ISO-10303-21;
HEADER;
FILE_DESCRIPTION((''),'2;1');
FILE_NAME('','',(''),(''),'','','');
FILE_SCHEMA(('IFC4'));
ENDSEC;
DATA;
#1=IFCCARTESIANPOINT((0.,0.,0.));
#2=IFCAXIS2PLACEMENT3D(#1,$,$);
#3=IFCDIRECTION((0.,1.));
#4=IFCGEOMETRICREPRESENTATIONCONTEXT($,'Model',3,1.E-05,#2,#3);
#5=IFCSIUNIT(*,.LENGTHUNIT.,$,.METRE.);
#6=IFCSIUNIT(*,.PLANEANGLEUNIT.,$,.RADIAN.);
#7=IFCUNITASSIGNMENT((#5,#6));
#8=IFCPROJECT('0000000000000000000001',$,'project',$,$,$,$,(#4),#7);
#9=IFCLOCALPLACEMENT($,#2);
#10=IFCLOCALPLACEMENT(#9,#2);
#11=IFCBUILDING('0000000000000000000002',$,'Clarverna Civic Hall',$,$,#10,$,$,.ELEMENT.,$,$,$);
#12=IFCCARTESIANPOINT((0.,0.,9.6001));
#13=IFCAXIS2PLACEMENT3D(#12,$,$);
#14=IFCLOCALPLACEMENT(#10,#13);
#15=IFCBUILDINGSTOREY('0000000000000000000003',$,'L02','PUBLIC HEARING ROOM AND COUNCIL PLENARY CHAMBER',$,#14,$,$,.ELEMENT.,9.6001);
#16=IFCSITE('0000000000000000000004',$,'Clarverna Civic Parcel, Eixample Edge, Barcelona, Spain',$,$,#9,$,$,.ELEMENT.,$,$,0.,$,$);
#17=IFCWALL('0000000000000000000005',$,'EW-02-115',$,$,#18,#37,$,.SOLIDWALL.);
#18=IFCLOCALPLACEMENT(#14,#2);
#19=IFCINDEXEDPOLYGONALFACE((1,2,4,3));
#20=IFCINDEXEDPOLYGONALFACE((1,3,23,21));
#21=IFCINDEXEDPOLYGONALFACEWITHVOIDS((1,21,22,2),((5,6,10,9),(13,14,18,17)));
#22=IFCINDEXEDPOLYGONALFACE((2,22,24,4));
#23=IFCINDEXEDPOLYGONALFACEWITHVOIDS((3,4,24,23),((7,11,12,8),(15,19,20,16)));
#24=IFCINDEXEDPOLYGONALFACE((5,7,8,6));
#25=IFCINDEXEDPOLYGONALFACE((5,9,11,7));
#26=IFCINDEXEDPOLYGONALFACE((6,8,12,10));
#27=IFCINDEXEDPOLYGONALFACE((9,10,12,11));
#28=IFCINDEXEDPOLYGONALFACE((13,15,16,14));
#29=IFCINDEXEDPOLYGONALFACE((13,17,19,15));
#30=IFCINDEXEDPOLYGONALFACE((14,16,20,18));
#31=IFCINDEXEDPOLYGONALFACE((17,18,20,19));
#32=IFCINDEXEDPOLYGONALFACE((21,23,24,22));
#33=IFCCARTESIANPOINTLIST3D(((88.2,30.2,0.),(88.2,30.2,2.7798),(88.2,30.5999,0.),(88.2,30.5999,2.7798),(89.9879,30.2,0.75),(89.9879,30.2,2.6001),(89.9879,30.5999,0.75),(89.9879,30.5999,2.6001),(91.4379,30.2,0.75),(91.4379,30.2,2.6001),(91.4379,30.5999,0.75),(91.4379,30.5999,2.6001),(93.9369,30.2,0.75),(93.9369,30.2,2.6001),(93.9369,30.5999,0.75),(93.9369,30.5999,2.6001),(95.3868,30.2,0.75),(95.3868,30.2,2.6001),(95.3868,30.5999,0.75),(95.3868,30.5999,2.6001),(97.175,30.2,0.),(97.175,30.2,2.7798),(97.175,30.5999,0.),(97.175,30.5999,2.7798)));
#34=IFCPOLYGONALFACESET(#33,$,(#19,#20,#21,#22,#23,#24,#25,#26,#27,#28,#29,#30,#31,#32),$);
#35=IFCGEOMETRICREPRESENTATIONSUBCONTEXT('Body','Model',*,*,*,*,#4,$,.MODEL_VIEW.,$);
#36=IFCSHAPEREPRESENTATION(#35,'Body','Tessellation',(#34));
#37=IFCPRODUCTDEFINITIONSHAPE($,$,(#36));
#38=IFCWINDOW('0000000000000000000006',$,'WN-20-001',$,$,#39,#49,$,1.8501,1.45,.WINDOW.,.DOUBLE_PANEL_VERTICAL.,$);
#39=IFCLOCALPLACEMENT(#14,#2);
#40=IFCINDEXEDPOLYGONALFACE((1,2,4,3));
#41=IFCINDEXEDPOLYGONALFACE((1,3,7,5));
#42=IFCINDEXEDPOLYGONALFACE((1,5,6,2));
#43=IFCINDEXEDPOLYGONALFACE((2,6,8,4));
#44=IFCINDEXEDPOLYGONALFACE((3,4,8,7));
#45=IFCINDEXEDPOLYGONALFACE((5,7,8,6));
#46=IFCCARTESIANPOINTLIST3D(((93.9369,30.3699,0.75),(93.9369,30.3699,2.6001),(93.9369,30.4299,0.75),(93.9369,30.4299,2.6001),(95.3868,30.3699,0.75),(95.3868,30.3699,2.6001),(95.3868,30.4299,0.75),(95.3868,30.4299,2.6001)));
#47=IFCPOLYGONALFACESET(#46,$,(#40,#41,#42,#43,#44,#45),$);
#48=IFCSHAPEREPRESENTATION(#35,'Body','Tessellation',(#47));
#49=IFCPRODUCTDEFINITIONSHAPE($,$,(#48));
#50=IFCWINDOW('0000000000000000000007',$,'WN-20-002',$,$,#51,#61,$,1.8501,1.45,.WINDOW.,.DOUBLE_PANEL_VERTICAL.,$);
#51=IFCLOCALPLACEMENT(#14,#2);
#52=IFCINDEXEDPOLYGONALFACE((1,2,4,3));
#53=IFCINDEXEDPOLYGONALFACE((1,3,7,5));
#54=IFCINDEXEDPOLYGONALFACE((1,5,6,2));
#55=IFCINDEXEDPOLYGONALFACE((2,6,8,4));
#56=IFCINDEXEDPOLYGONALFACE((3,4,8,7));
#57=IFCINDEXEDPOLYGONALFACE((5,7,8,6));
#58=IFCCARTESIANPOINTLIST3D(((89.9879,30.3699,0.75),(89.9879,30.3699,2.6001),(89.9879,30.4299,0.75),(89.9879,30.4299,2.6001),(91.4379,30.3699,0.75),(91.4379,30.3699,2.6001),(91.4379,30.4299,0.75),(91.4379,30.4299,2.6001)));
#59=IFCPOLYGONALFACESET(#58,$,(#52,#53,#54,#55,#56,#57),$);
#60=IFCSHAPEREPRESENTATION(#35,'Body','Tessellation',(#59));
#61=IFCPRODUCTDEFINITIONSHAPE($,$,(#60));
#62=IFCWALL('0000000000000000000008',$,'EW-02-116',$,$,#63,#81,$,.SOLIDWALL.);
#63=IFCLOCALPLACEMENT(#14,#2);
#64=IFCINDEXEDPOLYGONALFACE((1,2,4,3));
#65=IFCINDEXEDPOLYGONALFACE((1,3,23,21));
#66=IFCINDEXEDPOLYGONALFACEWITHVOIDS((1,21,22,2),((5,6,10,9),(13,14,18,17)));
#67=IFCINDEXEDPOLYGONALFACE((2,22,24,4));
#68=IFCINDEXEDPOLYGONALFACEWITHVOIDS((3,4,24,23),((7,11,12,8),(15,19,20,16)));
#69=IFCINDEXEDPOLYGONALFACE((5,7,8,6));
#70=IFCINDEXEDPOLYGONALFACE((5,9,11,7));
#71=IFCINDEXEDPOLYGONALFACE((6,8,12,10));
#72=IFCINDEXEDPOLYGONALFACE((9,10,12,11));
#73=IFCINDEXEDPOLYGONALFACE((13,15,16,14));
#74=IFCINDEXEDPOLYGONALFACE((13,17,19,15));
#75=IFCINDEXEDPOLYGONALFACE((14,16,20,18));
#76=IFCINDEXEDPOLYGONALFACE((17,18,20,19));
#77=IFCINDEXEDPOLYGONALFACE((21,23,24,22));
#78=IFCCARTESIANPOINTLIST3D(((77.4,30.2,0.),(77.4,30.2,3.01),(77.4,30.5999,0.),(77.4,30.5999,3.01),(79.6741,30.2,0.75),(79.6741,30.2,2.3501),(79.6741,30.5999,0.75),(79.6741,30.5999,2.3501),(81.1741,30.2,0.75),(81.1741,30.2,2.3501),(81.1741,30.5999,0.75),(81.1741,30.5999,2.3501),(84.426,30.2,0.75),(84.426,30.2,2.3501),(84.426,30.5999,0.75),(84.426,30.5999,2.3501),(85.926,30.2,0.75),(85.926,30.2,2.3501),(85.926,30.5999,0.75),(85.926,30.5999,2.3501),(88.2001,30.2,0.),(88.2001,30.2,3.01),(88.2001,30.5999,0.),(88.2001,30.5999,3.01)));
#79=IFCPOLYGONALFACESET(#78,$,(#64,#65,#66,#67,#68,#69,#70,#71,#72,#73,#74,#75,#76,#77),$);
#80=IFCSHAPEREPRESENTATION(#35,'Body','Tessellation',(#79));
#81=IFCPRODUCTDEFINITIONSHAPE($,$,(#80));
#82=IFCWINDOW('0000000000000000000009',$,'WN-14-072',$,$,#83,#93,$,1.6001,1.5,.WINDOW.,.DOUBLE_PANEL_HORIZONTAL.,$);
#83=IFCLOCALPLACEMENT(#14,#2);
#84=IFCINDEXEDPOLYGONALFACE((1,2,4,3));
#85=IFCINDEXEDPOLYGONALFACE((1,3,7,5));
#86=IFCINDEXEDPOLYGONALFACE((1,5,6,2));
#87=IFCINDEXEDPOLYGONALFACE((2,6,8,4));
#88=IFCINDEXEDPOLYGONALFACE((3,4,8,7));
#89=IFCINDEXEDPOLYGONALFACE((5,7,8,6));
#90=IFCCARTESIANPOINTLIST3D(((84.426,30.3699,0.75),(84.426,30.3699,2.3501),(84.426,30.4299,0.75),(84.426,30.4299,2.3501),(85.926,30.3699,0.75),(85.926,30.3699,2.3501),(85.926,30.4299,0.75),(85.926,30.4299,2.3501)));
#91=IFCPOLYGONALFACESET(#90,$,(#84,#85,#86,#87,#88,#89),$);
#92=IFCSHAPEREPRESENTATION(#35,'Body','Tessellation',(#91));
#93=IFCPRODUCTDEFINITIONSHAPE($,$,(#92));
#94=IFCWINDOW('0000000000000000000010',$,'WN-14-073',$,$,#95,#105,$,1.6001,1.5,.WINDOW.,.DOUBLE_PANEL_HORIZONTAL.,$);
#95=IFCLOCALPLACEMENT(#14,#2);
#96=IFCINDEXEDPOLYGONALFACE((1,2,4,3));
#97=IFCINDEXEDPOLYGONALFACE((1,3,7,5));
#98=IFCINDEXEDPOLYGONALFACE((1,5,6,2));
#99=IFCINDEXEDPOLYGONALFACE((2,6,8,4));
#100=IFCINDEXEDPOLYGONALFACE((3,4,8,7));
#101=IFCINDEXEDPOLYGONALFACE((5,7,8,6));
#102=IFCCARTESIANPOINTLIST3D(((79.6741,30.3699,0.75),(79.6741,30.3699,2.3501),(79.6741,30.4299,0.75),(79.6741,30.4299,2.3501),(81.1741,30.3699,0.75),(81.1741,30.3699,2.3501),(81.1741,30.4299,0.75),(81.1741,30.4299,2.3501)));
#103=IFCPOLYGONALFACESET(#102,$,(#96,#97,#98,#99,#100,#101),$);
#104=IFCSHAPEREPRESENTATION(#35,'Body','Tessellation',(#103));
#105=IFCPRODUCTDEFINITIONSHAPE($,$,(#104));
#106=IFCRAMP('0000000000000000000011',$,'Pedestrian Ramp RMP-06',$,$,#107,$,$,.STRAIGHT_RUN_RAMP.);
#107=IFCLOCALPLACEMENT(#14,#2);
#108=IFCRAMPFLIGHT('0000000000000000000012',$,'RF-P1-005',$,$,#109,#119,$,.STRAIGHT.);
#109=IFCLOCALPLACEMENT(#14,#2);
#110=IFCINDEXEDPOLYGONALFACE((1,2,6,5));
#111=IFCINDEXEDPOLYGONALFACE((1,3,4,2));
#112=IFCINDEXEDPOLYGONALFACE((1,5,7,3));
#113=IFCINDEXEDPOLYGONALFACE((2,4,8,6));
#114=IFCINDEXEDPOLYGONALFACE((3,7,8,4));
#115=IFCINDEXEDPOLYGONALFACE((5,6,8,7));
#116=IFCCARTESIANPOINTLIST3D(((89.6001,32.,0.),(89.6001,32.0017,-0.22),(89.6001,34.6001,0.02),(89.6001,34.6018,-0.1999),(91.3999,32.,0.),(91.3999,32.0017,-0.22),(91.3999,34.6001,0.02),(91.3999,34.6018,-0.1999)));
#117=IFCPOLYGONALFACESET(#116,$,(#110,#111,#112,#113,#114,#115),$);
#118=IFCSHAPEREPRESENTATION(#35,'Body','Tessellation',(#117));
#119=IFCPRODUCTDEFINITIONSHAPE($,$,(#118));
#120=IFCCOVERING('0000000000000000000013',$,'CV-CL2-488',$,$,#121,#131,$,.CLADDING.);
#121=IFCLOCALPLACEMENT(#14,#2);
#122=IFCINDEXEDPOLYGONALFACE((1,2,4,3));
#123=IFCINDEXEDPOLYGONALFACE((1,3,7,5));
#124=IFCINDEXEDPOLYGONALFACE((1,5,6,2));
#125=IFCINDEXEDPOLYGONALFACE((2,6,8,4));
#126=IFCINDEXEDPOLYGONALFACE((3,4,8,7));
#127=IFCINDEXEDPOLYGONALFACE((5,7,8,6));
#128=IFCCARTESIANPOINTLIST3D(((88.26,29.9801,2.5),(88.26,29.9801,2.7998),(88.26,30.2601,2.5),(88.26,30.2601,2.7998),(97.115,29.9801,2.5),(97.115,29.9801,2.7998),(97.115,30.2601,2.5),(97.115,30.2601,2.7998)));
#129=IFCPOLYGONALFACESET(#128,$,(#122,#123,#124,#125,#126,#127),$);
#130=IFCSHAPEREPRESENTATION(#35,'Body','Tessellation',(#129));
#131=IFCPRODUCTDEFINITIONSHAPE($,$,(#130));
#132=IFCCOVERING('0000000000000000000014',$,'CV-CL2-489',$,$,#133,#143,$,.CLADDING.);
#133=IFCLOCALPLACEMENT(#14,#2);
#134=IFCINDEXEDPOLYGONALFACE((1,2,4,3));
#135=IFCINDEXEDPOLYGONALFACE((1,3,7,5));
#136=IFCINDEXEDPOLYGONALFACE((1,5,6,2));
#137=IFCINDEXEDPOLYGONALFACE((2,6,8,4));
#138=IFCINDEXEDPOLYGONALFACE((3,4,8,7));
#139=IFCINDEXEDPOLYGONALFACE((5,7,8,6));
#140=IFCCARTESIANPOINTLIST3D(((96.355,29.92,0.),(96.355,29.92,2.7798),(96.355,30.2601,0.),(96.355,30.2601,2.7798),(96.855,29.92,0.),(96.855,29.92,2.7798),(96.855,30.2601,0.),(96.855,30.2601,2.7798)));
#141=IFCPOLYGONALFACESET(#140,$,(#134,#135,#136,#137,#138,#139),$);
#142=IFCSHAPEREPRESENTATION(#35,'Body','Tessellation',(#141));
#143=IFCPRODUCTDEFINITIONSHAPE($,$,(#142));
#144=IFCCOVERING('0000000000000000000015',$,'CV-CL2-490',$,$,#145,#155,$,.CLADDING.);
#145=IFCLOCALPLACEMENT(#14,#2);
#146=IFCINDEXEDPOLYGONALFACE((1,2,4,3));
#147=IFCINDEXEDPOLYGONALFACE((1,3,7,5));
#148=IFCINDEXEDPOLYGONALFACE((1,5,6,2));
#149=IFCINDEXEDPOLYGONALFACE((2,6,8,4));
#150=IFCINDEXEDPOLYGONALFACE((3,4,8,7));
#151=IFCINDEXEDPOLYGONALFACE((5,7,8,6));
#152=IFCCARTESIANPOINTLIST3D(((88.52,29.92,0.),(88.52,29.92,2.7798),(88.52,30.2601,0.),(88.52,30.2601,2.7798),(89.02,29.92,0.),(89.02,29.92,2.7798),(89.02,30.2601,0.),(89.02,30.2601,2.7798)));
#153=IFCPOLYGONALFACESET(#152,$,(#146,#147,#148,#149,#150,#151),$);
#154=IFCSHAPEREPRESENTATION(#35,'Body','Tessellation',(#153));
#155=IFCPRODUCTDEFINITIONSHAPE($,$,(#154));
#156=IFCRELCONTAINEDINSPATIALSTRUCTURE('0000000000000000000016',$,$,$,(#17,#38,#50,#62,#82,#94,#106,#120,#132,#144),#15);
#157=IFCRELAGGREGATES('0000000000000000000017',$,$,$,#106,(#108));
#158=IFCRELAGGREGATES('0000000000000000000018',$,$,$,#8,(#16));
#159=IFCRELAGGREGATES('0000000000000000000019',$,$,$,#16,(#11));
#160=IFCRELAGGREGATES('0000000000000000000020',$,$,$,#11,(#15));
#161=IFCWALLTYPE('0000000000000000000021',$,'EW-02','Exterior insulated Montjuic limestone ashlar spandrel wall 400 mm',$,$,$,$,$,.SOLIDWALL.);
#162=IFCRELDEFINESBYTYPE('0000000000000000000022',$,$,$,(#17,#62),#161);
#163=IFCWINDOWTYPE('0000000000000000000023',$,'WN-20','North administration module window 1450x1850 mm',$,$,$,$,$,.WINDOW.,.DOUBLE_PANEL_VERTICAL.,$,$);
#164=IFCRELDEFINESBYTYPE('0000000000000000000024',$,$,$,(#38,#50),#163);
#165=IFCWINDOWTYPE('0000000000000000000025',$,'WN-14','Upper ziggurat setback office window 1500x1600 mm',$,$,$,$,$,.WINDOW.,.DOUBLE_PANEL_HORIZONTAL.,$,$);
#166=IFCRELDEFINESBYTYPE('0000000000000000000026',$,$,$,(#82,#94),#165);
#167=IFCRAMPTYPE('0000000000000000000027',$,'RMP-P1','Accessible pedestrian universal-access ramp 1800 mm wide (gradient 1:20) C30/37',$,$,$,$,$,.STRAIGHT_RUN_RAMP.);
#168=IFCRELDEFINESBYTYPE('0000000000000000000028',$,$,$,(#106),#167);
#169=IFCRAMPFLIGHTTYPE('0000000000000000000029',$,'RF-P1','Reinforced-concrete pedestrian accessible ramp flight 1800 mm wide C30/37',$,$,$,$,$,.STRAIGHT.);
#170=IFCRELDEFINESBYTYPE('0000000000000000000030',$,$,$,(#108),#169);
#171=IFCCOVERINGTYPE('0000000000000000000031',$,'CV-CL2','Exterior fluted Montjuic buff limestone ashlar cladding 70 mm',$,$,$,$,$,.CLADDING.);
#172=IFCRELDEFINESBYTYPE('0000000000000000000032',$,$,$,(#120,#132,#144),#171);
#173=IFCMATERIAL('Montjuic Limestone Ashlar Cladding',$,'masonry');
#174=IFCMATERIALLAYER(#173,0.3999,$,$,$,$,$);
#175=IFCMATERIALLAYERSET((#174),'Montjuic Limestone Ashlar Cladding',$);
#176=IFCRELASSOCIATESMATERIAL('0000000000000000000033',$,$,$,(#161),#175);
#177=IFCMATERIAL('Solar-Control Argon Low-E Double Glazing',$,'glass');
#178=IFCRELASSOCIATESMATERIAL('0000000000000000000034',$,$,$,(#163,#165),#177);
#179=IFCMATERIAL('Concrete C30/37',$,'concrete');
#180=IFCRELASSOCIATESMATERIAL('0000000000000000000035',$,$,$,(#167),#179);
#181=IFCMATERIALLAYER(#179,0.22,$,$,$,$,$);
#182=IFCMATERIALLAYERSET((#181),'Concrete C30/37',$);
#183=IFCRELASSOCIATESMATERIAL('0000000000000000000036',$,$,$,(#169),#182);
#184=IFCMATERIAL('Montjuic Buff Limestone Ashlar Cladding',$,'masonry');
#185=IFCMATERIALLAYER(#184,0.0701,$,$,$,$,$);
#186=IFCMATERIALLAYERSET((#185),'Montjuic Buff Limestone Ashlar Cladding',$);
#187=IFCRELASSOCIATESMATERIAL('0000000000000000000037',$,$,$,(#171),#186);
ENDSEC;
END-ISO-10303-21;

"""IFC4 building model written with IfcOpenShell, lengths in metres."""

from ifc_helpers import new_model, si_unit, direction, frame, frame_2d, origin, place, context, subcontext, project, spatial, polyline, rectangle, outline, extrude, material, layer, layer_set, type_object, element, fill, aggregate, save


model = new_model("IFC4")

# Units and contexts
model_context = context("Model", 3, precision=1e-05, world=origin(), true_north=direction((0.0, 1.0)))
body_context = subcontext(model_context, "Body", "Model", "MODEL_VIEW")
ifc_project = project(units=[si_unit("LENGTHUNIT", "METRE"), si_unit("PLANEANGLEUNIT", "RADIAN")], contexts=[model_context])

# Site, building, storey
site_placement = place(None, origin())
site = spatial("IfcSite", under=ifc_project, at=site_placement, Name="Clarverna Civic Parcel, Eixample Edge, Barcelona, Spain", CompositionType="ELEMENT", RefElevation=0.0)
building_placement = place(site_placement, origin())
building = spatial("IfcBuilding", under=site, at=building_placement, Name="Clarverna Civic Hall", CompositionType="ELEMENT")
storey_placement = place(building_placement, frame((0.0, 0.0, 9.6001)))
storey = spatial("IfcBuildingStorey", under=building, at=storey_placement, Name="L02", Description="PUBLIC HEARING ROOM AND COUNCIL PLENARY CHAMBER", CompositionType="ELEMENT", Elevation=9.6001)

# Shared definitions
ifc_material_1 = material(Name="Montjuic Limestone Ashlar Cladding", Category="masonry")
ifc_layer_1 = layer(ifc_material_1, 0.3999)
ifc_layer_set_1 = layer_set([ifc_layer_1], Name="Montjuic Limestone Ashlar Cladding")
wall_type = type_object("IfcWallType", Name="EW-02", Description="Exterior insulated Montjuic limestone ashlar spandrel wall 400 mm", PredefinedType="SOLIDWALL", material=ifc_layer_set_1)

# Walls, openings, windows
wall_1_placement = place(storey_placement, frame((97.175, 30.3999, 0.0), z_axis=(0.0, 0.0, 1.0), x_axis=(-1.0, 0.0, 0.0)))
wall_1 = element("IfcWall", 1, at=wall_1_placement, inside=storey, type_object=wall_type, Name="EW-02-115", PredefinedType="SOLIDWALL", context=body_context, shape_type="SweptSolid", body=[
    extrude(rectangle(XDim=8.9751, YDim=0.3999, at=frame_2d((4.4875, 0.0))), origin(), (0.0, 0.0, 1.0), 2.7798),
])
opening_1_placement = place(wall_1_placement, frame((1.7881, 0.0, 0.75)))
opening_1 = element("IfcOpeningElement", 2, at=opening_1_placement, cuts=wall_1, PredefinedType="OPENING", context=body_context, shape_type="SweptSolid", body=[
    extrude(rectangle(XDim=1.45, YDim=1.8501, at=frame_2d((0.7251, 0.925))), frame((0.0, 0.21, 0.0), z_axis=(0.0, -1.0, 0.0), x_axis=(1.0, 0.0, 0.0)), (0.0, 0.0, 1.0), 0.4199),
])
opening_2_placement = place(wall_1_placement, frame((5.7371, 0.0, 0.75)))
opening_2 = element("IfcOpeningElement", 3, at=opening_2_placement, cuts=wall_1, PredefinedType="OPENING", context=body_context, shape_type="SweptSolid", body=[
    extrude(rectangle(XDim=1.45, YDim=1.8501, at=frame_2d((0.7251, 0.925))), frame((0.0, 0.21, 0.0), z_axis=(0.0, -1.0, 0.0), x_axis=(1.0, 0.0, 0.0)), (0.0, 0.0, 1.0), 0.4199),
])
ifc_material_2 = material(Name="Solar-Control Argon Low-E Double Glazing", Category="glass")
window_type_1 = type_object("IfcWindowType", Name="WN-20", Description="North administration module window 1450x1850 mm", PartitioningType="DOUBLE_PANEL_VERTICAL", PredefinedType="WINDOW", material=ifc_material_2)
window_1_placement = place(opening_1_placement, origin())
window_1 = element("IfcWindow", 4, at=window_1_placement, inside=storey, type_object=window_type_1, Name="WN-20-001", OverallHeight=1.8501, OverallWidth=1.45, PartitioningType="DOUBLE_PANEL_VERTICAL", PredefinedType="WINDOW", context=body_context, shape_type="SweptSolid", body=[
    extrude(rectangle(XDim=1.45, YDim=1.8501, at=frame_2d((0.7251, 0.925))), frame((0.0, 0.03, 0.0), z_axis=(0.0, -1.0, 0.0), x_axis=(1.0, 0.0, 0.0)), (0.0, 0.0, 1.0), 0.0601),
])
fill(opening_1, window_1)
window_2_placement = place(opening_2_placement, origin())
window_2 = element("IfcWindow", 5, at=window_2_placement, inside=storey, type_object=window_type_1, Name="WN-20-002", OverallHeight=1.8501, OverallWidth=1.45, PartitioningType="DOUBLE_PANEL_VERTICAL", PredefinedType="WINDOW", context=body_context, shape_type="SweptSolid", body=[
    extrude(rectangle(XDim=1.45, YDim=1.8501, at=frame_2d((0.7251, 0.925))), frame((0.0, 0.03, 0.0), z_axis=(0.0, -1.0, 0.0), x_axis=(1.0, 0.0, 0.0)), (0.0, 0.0, 1.0), 0.0601),
])
fill(opening_2, window_2)
wall_2_placement = place(storey_placement, frame((88.2, 30.3999, 0.0), z_axis=(0.0, 0.0, 1.0), x_axis=(-1.0, 0.0, 0.0)))
wall_2 = element("IfcWall", 6, at=wall_2_placement, inside=storey, type_object=wall_type, Name="EW-02-116", PredefinedType="SOLIDWALL", context=body_context, shape_type="SweptSolid", body=[
    extrude(rectangle(XDim=10.8, YDim=0.3999, at=frame_2d((5.3999, 0.0))), origin(), (0.0, 0.0, 1.0), 3.01),
])
opening_3_placement = place(wall_2_placement, frame((2.2739, 0.0, 0.75)))
opening_3 = element("IfcOpeningElement", 7, at=opening_3_placement, cuts=wall_2, PredefinedType="OPENING", context=body_context, shape_type="SweptSolid", body=[
    extrude(rectangle(XDim=1.5, YDim=1.6001, at=frame_2d((0.75, 0.8))), frame((0.0, 0.21, 0.0), z_axis=(0.0, -1.0, 0.0), x_axis=(1.0, 0.0, 0.0)), (0.0, 0.0, 1.0), 0.4199),
])
opening_4_placement = place(wall_2_placement, frame((7.0259, 0.0, 0.75)))
opening_4 = element("IfcOpeningElement", 8, at=opening_4_placement, cuts=wall_2, PredefinedType="OPENING", context=body_context, shape_type="SweptSolid", body=[
    extrude(rectangle(XDim=1.5, YDim=1.6001, at=frame_2d((0.75, 0.8))), frame((0.0, 0.21, 0.0), z_axis=(0.0, -1.0, 0.0), x_axis=(1.0, 0.0, 0.0)), (0.0, 0.0, 1.0), 0.4199),
])
window_type_2 = type_object("IfcWindowType", Name="WN-14", Description="Upper ziggurat setback office window 1500x1600 mm", PartitioningType="DOUBLE_PANEL_HORIZONTAL", PredefinedType="WINDOW", material=ifc_material_2)
window_3_placement = place(opening_3_placement, origin())
window_3 = element("IfcWindow", 9, at=window_3_placement, inside=storey, type_object=window_type_2, Name="WN-14-072", OverallHeight=1.6001, OverallWidth=1.5, PartitioningType="DOUBLE_PANEL_HORIZONTAL", PredefinedType="WINDOW", context=body_context, shape_type="SweptSolid", body=[
    extrude(rectangle(XDim=1.5, YDim=1.6001, at=frame_2d((0.75, 0.8))), frame((0.0, 0.03, 0.0), z_axis=(0.0, -1.0, 0.0), x_axis=(1.0, 0.0, 0.0)), (0.0, 0.0, 1.0), 0.0601),
])
fill(opening_3, window_3)
window_4_placement = place(opening_4_placement, origin())
window_4 = element("IfcWindow", 10, at=window_4_placement, inside=storey, type_object=window_type_2, Name="WN-14-073", OverallHeight=1.6001, OverallWidth=1.5, PartitioningType="DOUBLE_PANEL_HORIZONTAL", PredefinedType="WINDOW", context=body_context, shape_type="SweptSolid", body=[
    extrude(rectangle(XDim=1.5, YDim=1.6001, at=frame_2d((0.75, 0.8))), frame((0.0, 0.03, 0.0), z_axis=(0.0, -1.0, 0.0), x_axis=(1.0, 0.0, 0.0)), (0.0, 0.0, 1.0), 0.0601),
])
fill(opening_4, window_4)

# Ramp, ramp flight
ifc_material_3 = material(Name="Concrete C30/37", Category="concrete")
ramp_type = type_object("IfcRampType", Name="RMP-P1", Description="Accessible pedestrian universal-access ramp 1800 mm wide (gradient 1:20) C30/37", PredefinedType="STRAIGHT_RUN_RAMP", material=ifc_material_3)
ramp_placement = place(storey_placement, origin())
ramp = element("IfcRamp", 11, at=ramp_placement, inside=storey, type_object=ramp_type, Name="Pedestrian Ramp RMP-06", PredefinedType="STRAIGHT_RUN_RAMP")
ifc_layer_2 = layer(ifc_material_3, 0.22)
ifc_layer_set_2 = layer_set([ifc_layer_2], Name="Concrete C30/37")
ramp_flight_type = type_object("IfcRampFlightType", Name="RF-P1", Description="Reinforced-concrete pedestrian accessible ramp flight 1800 mm wide C30/37", PredefinedType="STRAIGHT", material=ifc_layer_set_2)
ramp_flight_placement = place(storey_placement, frame((89.6001, 32.0, 0.0), z_axis=(0.0, -0.007699, 0.99997), x_axis=(1.0, 0.0, 0.0)))
ramp_flight = element("IfcRampFlight", 12, at=ramp_flight_placement, type_object=ramp_flight_type, Name="RF-P1-005", PredefinedType="STRAIGHT", context=body_context, shape_type="SweptSolid", body=[
    extrude(outline(polyline([(0.0, 0.0), (1.7998, 0.0), (1.7998, 2.6002), (0.0, 2.6002), (0.0, 0.0)])), origin(), (0.0, 0.0, -1.0), 0.22),
])
aggregate(ramp, [ramp_flight])

# Coverings
ifc_material_4 = material(Name="Montjuic Buff Limestone Ashlar Cladding", Category="masonry")
ifc_layer_3 = layer(ifc_material_4, 0.0701)
ifc_layer_set_3 = layer_set([ifc_layer_3], Name="Montjuic Buff Limestone Ashlar Cladding")
covering_type = type_object("IfcCoveringType", Name="CV-CL2", Description="Exterior fluted Montjuic buff limestone ashlar cladding 70 mm", PredefinedType="CLADDING", material=ifc_layer_set_3)
covering_placement = place(storey_placement, frame((97.115, 30.1201, 2.5), z_axis=(0.0, 0.0, 1.0), x_axis=(-1.0, 0.0, 0.0)))
element("IfcCovering", 13, at=covering_placement, inside=storey, type_object=covering_type, Name="CV-CL2-488", PredefinedType="CLADDING", context=body_context, shape_type="SweptSolid", body=[
    extrude(rectangle(XDim=8.855, YDim=0.28, at=frame_2d((4.4275, 0.0))), origin(), (0.0, 0.0, 1.0), 0.2998),
])
for number, where, z_axis, x_axis, name in (
    (14, (96.855, 30.0901, 0.0), (0.0, 0.0, 1.0), (-1.0, 0.0, 0.0), "CV-CL2-489"),
    (15, (89.02, 30.0901, 0.0), (0.0, 0.0, 1.0), (-1.0, 0.0, 0.0), "CV-CL2-490"),
):
    element("IfcCovering", number, at=place(storey_placement, frame(where, z_axis=z_axis, x_axis=x_axis)), inside=storey, type_object=covering_type, Name=name, PredefinedType="CLADDING", context=body_context, shape_type="SweptSolid", body=[
        extrude(rectangle(XDim=0.5, YDim=0.3401, at=frame_2d((0.25, 0.0))), origin(), (0.0, 0.0, 1.0), 2.7798),
    ])

save(model, "model.ifc")
